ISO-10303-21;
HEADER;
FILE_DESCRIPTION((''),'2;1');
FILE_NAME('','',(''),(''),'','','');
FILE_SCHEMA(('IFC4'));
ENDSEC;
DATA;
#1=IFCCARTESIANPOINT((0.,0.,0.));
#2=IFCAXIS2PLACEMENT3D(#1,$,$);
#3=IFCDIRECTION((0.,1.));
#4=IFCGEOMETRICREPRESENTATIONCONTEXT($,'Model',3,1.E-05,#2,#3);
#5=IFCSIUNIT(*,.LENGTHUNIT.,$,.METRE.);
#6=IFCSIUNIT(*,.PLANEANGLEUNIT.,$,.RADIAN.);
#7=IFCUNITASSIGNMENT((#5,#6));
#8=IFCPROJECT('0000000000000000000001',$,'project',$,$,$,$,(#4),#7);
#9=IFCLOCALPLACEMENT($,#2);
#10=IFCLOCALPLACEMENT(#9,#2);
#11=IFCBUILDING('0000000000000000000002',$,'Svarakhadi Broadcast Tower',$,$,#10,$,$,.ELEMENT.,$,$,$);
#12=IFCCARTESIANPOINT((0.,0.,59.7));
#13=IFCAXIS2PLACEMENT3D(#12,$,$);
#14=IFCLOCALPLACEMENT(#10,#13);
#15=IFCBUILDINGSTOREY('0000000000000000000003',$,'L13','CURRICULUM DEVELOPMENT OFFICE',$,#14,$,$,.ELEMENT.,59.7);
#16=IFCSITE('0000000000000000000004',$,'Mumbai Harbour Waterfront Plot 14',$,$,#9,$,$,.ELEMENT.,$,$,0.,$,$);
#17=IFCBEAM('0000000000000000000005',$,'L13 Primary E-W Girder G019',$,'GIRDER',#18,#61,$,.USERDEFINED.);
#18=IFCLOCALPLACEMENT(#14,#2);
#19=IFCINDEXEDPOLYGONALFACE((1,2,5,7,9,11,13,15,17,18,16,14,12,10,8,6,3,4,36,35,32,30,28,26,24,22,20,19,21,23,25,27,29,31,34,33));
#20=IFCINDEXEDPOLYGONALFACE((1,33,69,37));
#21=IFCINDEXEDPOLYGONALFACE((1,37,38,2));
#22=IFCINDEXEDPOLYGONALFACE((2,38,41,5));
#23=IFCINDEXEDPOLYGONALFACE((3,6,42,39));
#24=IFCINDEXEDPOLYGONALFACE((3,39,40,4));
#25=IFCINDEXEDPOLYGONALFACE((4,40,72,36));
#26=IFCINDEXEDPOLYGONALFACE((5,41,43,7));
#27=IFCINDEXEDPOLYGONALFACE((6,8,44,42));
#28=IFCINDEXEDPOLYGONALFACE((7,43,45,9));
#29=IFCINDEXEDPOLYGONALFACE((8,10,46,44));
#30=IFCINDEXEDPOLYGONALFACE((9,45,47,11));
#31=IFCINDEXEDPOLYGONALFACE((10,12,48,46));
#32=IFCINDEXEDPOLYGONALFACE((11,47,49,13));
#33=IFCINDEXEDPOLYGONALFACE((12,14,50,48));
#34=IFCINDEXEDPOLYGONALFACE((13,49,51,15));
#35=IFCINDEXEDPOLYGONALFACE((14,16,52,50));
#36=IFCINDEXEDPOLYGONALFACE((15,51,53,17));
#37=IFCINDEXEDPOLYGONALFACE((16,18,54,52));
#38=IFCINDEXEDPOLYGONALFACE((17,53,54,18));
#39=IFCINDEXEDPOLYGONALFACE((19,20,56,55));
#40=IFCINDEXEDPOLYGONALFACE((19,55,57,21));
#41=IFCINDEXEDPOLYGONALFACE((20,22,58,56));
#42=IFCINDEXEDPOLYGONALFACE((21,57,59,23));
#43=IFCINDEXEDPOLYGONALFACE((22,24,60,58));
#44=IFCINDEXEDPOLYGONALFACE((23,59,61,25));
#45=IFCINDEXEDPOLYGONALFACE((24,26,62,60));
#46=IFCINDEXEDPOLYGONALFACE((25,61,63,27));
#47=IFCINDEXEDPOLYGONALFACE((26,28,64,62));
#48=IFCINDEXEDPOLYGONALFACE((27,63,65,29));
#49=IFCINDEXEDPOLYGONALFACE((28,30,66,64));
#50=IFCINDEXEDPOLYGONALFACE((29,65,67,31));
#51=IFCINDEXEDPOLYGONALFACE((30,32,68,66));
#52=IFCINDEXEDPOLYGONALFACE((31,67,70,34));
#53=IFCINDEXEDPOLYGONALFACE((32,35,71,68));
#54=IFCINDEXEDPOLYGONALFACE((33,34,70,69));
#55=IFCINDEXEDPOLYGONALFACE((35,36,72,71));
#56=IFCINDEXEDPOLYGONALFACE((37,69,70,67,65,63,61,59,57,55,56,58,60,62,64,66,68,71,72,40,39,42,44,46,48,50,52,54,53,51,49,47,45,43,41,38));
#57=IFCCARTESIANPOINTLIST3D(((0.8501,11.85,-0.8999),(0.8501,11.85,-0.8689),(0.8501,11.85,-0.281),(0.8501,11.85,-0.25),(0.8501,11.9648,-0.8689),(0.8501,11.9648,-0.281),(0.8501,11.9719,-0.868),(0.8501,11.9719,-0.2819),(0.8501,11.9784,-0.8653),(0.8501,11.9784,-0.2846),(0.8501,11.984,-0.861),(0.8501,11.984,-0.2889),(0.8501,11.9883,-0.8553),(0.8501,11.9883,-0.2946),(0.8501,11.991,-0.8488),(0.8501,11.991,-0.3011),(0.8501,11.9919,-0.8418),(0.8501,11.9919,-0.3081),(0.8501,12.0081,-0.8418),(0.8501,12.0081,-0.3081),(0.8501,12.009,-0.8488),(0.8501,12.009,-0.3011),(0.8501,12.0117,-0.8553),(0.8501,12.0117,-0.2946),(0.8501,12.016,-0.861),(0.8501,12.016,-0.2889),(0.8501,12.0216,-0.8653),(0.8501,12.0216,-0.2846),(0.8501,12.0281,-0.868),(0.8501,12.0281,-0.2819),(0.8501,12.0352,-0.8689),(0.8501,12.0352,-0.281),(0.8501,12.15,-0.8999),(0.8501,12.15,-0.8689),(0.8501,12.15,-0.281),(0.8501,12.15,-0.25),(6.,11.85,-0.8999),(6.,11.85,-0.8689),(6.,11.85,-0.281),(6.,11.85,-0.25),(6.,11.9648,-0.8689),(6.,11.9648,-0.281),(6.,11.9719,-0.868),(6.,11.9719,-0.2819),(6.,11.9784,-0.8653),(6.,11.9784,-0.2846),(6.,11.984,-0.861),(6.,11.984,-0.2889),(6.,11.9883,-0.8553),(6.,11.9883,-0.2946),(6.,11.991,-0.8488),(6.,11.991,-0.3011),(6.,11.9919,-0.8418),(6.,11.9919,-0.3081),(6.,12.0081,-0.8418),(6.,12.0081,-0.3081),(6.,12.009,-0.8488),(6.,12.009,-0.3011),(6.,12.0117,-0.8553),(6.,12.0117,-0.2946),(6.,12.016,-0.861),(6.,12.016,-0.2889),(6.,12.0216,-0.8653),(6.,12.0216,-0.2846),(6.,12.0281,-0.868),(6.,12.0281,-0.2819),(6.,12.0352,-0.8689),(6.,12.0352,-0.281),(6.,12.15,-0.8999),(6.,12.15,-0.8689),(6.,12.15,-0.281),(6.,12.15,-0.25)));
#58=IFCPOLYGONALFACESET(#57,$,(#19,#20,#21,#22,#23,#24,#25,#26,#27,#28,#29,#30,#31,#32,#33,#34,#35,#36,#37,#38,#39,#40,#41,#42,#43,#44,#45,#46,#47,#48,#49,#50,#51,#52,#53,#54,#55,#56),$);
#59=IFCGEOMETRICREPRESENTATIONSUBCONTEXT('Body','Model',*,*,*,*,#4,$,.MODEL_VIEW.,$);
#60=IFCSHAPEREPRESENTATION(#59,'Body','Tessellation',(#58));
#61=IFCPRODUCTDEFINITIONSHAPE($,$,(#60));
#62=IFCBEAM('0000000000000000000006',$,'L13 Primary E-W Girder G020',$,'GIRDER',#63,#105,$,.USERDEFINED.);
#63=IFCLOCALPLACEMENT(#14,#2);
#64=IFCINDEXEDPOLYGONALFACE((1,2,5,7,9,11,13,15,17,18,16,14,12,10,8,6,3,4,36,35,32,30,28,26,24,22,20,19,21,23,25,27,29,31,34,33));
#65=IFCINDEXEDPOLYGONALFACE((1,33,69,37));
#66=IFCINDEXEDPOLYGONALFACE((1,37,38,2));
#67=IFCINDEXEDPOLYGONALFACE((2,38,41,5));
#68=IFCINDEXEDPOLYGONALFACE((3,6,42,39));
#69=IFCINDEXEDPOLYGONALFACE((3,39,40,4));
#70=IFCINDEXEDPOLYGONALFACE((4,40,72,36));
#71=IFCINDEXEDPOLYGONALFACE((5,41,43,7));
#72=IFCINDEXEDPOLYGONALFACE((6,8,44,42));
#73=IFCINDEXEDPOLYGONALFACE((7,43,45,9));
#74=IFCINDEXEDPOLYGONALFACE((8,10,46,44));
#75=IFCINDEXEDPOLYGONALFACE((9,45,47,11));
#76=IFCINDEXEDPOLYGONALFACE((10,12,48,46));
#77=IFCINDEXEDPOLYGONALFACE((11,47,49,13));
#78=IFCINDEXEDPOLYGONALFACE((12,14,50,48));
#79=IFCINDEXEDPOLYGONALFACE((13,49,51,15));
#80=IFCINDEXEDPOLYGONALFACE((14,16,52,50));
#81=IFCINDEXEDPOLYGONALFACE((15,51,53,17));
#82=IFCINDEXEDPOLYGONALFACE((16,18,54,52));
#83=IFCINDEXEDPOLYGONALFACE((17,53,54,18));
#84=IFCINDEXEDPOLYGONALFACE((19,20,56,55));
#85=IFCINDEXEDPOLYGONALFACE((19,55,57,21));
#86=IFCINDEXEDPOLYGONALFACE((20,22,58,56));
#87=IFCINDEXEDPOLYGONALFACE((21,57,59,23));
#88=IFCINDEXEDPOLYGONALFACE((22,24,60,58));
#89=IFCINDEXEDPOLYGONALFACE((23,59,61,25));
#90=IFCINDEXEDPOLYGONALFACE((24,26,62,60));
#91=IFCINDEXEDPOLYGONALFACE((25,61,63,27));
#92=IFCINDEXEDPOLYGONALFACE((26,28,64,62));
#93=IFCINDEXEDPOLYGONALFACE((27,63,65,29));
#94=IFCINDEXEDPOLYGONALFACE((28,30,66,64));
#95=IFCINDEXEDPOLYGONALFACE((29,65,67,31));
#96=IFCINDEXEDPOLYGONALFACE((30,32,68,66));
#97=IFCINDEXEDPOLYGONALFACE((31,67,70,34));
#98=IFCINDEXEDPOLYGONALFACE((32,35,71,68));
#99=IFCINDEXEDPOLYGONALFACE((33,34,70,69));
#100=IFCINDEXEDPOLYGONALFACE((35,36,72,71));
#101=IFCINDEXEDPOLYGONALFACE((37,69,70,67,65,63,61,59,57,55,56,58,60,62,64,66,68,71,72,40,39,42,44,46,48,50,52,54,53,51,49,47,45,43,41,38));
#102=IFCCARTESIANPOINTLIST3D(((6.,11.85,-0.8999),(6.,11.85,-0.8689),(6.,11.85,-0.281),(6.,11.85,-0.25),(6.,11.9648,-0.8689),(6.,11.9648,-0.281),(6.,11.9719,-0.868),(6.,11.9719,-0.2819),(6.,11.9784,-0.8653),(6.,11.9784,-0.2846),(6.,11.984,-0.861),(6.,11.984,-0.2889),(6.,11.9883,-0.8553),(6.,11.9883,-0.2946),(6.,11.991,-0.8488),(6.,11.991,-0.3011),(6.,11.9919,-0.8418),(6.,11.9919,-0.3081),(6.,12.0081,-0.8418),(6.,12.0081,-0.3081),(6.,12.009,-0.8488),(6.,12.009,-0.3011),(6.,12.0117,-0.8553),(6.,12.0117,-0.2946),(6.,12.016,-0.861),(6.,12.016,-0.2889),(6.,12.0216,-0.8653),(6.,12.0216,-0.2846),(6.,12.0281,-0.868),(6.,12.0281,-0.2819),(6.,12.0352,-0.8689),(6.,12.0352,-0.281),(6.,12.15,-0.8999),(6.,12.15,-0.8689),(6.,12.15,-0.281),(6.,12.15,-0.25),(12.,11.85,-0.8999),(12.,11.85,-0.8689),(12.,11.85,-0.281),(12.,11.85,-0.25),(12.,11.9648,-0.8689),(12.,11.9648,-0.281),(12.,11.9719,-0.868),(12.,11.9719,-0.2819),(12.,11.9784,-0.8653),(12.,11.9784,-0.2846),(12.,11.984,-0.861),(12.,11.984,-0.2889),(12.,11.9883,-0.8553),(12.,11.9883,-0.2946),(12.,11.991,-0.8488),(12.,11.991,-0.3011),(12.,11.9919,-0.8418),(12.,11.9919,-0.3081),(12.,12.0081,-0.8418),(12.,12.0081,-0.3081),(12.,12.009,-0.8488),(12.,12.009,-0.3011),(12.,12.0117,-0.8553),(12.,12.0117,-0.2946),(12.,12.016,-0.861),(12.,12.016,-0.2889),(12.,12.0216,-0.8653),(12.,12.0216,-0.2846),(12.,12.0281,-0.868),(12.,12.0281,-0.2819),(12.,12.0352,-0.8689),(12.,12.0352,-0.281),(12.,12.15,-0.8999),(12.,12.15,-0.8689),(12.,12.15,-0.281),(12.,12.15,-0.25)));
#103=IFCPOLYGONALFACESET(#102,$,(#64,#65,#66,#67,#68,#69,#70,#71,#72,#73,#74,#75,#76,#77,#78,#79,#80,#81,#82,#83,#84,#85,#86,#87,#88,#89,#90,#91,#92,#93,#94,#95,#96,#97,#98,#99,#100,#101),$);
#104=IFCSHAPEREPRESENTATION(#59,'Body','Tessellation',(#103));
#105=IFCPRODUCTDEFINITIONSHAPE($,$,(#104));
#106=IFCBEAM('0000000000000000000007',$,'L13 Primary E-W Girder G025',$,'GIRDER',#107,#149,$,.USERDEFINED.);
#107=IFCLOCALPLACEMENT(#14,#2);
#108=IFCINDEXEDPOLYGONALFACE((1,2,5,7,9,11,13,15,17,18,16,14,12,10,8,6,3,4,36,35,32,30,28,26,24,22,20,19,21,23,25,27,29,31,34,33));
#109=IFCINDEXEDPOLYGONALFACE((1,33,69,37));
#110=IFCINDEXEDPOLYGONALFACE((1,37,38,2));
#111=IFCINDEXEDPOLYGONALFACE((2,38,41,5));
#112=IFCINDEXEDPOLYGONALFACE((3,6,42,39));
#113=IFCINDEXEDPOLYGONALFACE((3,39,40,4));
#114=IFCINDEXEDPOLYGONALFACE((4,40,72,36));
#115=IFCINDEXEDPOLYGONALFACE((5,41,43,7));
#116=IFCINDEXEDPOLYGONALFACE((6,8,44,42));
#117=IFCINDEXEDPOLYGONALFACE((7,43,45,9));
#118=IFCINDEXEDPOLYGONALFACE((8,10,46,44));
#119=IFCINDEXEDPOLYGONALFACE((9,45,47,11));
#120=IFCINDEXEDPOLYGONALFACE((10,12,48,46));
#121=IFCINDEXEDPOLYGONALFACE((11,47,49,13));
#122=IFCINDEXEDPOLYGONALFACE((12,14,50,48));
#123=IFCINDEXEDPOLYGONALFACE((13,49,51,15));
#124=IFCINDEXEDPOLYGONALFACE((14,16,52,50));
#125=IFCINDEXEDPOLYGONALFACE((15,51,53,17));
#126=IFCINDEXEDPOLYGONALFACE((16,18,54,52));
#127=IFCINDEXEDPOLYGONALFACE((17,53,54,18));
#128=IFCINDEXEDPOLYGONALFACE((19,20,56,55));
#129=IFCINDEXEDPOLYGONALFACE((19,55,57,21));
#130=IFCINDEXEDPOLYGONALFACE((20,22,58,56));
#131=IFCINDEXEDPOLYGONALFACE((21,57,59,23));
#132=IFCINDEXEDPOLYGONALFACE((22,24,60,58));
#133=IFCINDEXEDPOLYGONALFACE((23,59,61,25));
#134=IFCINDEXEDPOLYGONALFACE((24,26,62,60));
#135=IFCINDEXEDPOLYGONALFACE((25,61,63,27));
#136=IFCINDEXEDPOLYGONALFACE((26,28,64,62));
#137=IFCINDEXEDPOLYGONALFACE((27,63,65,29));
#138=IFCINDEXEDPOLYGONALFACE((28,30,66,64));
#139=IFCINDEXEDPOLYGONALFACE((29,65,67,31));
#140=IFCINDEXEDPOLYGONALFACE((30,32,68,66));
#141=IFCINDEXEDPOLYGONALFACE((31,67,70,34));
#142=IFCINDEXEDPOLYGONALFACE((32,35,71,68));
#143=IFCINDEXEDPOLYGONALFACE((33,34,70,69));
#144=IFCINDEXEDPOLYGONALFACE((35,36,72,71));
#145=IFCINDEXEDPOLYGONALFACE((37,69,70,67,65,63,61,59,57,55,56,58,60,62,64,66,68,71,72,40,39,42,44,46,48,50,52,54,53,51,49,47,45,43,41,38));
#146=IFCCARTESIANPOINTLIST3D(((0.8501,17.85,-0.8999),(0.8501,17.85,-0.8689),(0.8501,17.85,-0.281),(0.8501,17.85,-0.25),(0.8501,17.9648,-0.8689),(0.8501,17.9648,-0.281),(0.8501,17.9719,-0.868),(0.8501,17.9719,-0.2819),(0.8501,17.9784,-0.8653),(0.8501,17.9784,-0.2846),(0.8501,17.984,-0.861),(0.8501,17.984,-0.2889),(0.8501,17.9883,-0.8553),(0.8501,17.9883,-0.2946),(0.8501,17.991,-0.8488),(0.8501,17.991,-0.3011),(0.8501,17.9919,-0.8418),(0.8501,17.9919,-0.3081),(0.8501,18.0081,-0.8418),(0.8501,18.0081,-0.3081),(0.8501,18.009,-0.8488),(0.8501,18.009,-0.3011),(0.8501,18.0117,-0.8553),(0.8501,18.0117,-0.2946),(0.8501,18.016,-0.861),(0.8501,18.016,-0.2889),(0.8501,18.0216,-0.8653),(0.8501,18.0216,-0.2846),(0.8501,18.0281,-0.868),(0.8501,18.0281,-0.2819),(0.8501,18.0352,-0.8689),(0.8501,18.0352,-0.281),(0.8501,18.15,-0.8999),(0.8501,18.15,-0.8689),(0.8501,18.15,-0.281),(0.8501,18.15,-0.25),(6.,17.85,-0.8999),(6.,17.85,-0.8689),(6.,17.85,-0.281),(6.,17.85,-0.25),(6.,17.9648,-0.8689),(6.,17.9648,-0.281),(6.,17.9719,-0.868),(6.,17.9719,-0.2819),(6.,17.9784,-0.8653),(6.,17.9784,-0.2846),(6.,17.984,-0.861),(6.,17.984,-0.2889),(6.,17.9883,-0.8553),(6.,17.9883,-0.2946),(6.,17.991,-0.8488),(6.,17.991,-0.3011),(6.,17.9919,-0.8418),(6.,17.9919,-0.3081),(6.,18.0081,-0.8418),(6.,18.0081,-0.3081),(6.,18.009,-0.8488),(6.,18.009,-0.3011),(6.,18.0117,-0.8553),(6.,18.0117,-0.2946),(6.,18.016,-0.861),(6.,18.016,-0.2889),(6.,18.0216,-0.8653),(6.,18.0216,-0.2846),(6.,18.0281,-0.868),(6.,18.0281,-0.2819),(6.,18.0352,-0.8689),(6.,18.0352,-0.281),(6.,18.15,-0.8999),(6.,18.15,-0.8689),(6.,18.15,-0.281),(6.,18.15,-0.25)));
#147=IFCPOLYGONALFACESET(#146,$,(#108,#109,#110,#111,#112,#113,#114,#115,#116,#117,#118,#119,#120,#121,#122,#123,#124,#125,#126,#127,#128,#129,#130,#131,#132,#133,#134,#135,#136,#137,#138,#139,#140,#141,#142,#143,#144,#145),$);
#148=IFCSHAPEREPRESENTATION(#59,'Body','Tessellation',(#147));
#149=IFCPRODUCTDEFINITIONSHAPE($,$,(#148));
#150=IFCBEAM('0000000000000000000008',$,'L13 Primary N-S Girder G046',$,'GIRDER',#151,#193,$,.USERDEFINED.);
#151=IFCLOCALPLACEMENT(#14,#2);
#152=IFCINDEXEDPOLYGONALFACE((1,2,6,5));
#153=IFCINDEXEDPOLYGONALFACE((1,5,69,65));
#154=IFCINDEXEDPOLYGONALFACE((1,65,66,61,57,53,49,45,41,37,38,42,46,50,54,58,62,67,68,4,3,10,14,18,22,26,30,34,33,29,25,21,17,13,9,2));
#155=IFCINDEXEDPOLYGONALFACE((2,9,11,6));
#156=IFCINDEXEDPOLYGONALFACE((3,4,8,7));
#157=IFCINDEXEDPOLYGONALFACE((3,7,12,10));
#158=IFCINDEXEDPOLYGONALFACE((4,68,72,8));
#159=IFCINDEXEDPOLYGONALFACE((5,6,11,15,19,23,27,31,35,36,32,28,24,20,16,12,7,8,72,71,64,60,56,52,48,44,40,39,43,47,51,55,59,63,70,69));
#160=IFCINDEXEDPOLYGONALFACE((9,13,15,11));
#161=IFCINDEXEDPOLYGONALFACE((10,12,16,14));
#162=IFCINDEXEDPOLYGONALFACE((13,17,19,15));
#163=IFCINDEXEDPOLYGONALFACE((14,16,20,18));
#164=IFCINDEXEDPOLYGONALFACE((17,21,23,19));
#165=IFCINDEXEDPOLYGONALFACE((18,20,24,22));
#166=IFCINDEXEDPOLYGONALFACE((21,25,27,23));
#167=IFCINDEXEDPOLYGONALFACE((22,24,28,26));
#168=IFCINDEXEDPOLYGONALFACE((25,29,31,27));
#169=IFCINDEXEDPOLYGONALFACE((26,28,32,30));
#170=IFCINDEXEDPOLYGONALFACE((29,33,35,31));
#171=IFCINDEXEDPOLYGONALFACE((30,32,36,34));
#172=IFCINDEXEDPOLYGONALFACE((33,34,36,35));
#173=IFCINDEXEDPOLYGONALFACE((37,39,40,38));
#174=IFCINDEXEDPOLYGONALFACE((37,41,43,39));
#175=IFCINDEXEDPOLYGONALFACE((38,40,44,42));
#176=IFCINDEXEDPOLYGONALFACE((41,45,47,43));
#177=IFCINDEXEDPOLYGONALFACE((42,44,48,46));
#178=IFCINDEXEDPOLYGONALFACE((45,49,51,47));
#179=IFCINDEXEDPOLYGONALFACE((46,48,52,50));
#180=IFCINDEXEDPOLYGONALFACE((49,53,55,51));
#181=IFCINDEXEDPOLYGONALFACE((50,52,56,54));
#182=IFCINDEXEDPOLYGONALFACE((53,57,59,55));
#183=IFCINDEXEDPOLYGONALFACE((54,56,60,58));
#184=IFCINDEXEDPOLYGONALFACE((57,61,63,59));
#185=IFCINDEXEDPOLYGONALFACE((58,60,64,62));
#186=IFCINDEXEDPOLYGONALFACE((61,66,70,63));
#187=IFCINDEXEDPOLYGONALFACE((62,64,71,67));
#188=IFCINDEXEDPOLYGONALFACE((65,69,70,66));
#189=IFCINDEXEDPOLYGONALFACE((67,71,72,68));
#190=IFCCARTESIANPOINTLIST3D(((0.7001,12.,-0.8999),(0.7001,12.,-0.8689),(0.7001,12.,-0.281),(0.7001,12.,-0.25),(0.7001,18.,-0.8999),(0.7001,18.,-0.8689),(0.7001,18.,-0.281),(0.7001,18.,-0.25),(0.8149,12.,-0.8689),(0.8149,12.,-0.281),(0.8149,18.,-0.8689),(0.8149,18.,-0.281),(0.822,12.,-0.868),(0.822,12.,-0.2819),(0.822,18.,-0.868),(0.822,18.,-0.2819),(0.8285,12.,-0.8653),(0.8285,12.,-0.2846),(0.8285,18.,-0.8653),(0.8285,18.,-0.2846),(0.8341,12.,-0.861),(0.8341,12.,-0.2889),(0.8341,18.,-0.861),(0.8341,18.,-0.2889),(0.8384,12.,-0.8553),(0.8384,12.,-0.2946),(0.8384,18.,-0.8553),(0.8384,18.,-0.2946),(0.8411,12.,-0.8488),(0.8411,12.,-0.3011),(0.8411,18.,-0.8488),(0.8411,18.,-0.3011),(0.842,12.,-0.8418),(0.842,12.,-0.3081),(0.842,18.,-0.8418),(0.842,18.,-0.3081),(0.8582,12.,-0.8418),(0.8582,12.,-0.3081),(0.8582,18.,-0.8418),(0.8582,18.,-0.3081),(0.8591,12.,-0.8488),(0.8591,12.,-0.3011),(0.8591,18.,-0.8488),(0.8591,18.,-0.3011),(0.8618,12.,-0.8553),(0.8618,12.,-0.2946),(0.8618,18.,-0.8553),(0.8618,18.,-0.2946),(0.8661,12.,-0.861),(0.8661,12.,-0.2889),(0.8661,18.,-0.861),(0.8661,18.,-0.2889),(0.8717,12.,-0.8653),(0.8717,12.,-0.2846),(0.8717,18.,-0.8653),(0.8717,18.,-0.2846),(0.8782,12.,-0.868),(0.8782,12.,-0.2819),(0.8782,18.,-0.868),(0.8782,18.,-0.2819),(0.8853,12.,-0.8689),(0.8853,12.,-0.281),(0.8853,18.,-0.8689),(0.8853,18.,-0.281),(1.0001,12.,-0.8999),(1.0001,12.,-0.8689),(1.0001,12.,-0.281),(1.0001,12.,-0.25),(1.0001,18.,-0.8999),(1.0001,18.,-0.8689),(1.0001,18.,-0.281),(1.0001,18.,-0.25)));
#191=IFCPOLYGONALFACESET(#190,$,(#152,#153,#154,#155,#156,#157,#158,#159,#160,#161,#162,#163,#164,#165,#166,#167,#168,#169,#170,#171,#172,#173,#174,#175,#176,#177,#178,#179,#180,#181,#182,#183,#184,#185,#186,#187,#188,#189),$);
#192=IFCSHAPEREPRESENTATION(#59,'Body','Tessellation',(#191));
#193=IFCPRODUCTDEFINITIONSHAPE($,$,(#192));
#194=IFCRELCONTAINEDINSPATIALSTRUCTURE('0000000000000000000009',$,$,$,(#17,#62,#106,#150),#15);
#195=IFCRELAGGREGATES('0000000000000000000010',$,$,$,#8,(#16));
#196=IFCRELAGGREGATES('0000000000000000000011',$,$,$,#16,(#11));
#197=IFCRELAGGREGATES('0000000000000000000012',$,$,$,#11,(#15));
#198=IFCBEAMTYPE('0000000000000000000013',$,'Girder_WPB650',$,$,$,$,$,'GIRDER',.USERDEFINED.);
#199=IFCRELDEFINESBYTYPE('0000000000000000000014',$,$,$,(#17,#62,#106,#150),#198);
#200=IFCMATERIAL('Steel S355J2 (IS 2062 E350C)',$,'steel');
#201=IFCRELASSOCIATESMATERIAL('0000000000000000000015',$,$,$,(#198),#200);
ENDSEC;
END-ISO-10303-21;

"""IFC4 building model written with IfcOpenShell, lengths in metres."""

from ifc_helpers import new_model, si_unit, direction, frame, origin, origin_2d, place, context, subcontext, project, spatial, i_section, extrude, material, material_profile, profile_set, type_object, element, save


model = new_model("IFC4")

# Units and contexts
model_context = context("Model", 3, precision=1e-05, world=origin(), true_north=direction((0.0, 1.0)))
body_context = subcontext(model_context, "Body", "Model", "MODEL_VIEW")
ifc_project = project(units=[si_unit("LENGTHUNIT", "METRE"), si_unit("PLANEANGLEUNIT", "RADIAN")], contexts=[model_context])

# Site, building, storey
site_placement = place(None, origin())
site = spatial("IfcSite", under=ifc_project, at=site_placement, Name="Mumbai Harbour Waterfront Plot 14", CompositionType="ELEMENT", RefElevation=0.0)
building_placement = place(site_placement, origin())
building = spatial("IfcBuilding", under=site, at=building_placement, Name="Svarakhadi Broadcast Tower", CompositionType="ELEMENT")
storey_placement = place(building_placement, frame((0.0, 0.0, 59.7)))
storey = spatial("IfcBuildingStorey", under=building, at=storey_placement, Name="L13", Description="CURRICULUM DEVELOPMENT OFFICE", CompositionType="ELEMENT", Elevation=59.7)

# Shared definitions
ifc_material_1 = material(Name="Steel S355J2 (IS 2062 E350C)", Category="steel")

# Beams
ifc_material_profile_1 = material_profile(ifc_material_1, i_section(OverallWidth=0.3, OverallDepth=0.6499, WebThickness=0.0161, FlangeThickness=0.031, FilletRadius=0.0271, at=origin_2d()), Name="WPB 650x300x225")
ifc_profile_set_1 = profile_set([ifc_material_profile_1], Name="Steel S355J2 (IS 2062 E350C)")
beam_type_1 = type_object("IfcBeamType", Name="Girder_WPB650", ElementType="GIRDER", PredefinedType="USERDEFINED", material=ifc_profile_set_1)
beam_1_placement = place(storey_placement, frame((0.8501, 12.0, -0.575), z_axis=(1.0, 0.0, 0.0), x_axis=(0.0, 1.0, 0.0)))
element("IfcBeam", 1, at=beam_1_placement, inside=storey, type_object=beam_type_1, Name="L13 Primary E-W Girder G019", ObjectType="GIRDER", PredefinedType="USERDEFINED", context=body_context, shape_type="SweptSolid", body=[
    extrude(i_section(OverallWidth=0.3, OverallDepth=0.6499, WebThickness=0.0161, FlangeThickness=0.031, FilletRadius=0.0271, at=origin_2d()), origin(), (0.0, 0.0, 1.0), 5.1499),
])
beam_2_placement = place(storey_placement, frame((6.0, 12.0, -0.575), z_axis=(1.0, 0.0, 0.0), x_axis=(0.0, 1.0, 0.0)))
element("IfcBeam", 2, at=beam_2_placement, inside=storey, type_object=beam_type_1, Name="L13 Primary E-W Girder G020", ObjectType="GIRDER", PredefinedType="USERDEFINED", context=body_context, shape_type="SweptSolid", body=[
    extrude(i_section(OverallWidth=0.3, OverallDepth=0.6499, WebThickness=0.0161, FlangeThickness=0.031, FilletRadius=0.0271, at=origin_2d()), origin(), (0.0, 0.0, 1.0), 6.0),
])
beam_3_placement = place(storey_placement, frame((0.8501, 18.0, -0.575), z_axis=(1.0, 0.0, 0.0), x_axis=(0.0, 1.0, 0.0)))
element("IfcBeam", 3, at=beam_3_placement, inside=storey, type_object=beam_type_1, Name="L13 Primary E-W Girder G025", ObjectType="GIRDER", PredefinedType="USERDEFINED", context=body_context, shape_type="SweptSolid", body=[
    extrude(i_section(OverallWidth=0.3, OverallDepth=0.6499, WebThickness=0.0161, FlangeThickness=0.031, FilletRadius=0.0271, at=origin_2d()), origin(), (0.0, 0.0, 1.0), 5.1499),
])
for number, where, z_axis, x_axis, name in (
    (4, (0.8501, 12.0, -0.575), (0.0, 1.0, 0.0), (-1.0, 0.0, 0.0), "L13 Primary N-S Girder G046"),
):
    element("IfcBeam", number, at=place(storey_placement, frame(where, z_axis=z_axis, x_axis=x_axis)), inside=storey, type_object=beam_type_1, Name=name, ObjectType="GIRDER", PredefinedType="USERDEFINED", context=body_context, shape_type="SweptSolid", body=[
        extrude(i_section(OverallWidth=0.3, OverallDepth=0.6499, WebThickness=0.0161, FlangeThickness=0.031, FilletRadius=0.0271, at=origin_2d()), origin(), (0.0, 0.0, 1.0), 6.0),
    ])

save(model, "model.ifc")
